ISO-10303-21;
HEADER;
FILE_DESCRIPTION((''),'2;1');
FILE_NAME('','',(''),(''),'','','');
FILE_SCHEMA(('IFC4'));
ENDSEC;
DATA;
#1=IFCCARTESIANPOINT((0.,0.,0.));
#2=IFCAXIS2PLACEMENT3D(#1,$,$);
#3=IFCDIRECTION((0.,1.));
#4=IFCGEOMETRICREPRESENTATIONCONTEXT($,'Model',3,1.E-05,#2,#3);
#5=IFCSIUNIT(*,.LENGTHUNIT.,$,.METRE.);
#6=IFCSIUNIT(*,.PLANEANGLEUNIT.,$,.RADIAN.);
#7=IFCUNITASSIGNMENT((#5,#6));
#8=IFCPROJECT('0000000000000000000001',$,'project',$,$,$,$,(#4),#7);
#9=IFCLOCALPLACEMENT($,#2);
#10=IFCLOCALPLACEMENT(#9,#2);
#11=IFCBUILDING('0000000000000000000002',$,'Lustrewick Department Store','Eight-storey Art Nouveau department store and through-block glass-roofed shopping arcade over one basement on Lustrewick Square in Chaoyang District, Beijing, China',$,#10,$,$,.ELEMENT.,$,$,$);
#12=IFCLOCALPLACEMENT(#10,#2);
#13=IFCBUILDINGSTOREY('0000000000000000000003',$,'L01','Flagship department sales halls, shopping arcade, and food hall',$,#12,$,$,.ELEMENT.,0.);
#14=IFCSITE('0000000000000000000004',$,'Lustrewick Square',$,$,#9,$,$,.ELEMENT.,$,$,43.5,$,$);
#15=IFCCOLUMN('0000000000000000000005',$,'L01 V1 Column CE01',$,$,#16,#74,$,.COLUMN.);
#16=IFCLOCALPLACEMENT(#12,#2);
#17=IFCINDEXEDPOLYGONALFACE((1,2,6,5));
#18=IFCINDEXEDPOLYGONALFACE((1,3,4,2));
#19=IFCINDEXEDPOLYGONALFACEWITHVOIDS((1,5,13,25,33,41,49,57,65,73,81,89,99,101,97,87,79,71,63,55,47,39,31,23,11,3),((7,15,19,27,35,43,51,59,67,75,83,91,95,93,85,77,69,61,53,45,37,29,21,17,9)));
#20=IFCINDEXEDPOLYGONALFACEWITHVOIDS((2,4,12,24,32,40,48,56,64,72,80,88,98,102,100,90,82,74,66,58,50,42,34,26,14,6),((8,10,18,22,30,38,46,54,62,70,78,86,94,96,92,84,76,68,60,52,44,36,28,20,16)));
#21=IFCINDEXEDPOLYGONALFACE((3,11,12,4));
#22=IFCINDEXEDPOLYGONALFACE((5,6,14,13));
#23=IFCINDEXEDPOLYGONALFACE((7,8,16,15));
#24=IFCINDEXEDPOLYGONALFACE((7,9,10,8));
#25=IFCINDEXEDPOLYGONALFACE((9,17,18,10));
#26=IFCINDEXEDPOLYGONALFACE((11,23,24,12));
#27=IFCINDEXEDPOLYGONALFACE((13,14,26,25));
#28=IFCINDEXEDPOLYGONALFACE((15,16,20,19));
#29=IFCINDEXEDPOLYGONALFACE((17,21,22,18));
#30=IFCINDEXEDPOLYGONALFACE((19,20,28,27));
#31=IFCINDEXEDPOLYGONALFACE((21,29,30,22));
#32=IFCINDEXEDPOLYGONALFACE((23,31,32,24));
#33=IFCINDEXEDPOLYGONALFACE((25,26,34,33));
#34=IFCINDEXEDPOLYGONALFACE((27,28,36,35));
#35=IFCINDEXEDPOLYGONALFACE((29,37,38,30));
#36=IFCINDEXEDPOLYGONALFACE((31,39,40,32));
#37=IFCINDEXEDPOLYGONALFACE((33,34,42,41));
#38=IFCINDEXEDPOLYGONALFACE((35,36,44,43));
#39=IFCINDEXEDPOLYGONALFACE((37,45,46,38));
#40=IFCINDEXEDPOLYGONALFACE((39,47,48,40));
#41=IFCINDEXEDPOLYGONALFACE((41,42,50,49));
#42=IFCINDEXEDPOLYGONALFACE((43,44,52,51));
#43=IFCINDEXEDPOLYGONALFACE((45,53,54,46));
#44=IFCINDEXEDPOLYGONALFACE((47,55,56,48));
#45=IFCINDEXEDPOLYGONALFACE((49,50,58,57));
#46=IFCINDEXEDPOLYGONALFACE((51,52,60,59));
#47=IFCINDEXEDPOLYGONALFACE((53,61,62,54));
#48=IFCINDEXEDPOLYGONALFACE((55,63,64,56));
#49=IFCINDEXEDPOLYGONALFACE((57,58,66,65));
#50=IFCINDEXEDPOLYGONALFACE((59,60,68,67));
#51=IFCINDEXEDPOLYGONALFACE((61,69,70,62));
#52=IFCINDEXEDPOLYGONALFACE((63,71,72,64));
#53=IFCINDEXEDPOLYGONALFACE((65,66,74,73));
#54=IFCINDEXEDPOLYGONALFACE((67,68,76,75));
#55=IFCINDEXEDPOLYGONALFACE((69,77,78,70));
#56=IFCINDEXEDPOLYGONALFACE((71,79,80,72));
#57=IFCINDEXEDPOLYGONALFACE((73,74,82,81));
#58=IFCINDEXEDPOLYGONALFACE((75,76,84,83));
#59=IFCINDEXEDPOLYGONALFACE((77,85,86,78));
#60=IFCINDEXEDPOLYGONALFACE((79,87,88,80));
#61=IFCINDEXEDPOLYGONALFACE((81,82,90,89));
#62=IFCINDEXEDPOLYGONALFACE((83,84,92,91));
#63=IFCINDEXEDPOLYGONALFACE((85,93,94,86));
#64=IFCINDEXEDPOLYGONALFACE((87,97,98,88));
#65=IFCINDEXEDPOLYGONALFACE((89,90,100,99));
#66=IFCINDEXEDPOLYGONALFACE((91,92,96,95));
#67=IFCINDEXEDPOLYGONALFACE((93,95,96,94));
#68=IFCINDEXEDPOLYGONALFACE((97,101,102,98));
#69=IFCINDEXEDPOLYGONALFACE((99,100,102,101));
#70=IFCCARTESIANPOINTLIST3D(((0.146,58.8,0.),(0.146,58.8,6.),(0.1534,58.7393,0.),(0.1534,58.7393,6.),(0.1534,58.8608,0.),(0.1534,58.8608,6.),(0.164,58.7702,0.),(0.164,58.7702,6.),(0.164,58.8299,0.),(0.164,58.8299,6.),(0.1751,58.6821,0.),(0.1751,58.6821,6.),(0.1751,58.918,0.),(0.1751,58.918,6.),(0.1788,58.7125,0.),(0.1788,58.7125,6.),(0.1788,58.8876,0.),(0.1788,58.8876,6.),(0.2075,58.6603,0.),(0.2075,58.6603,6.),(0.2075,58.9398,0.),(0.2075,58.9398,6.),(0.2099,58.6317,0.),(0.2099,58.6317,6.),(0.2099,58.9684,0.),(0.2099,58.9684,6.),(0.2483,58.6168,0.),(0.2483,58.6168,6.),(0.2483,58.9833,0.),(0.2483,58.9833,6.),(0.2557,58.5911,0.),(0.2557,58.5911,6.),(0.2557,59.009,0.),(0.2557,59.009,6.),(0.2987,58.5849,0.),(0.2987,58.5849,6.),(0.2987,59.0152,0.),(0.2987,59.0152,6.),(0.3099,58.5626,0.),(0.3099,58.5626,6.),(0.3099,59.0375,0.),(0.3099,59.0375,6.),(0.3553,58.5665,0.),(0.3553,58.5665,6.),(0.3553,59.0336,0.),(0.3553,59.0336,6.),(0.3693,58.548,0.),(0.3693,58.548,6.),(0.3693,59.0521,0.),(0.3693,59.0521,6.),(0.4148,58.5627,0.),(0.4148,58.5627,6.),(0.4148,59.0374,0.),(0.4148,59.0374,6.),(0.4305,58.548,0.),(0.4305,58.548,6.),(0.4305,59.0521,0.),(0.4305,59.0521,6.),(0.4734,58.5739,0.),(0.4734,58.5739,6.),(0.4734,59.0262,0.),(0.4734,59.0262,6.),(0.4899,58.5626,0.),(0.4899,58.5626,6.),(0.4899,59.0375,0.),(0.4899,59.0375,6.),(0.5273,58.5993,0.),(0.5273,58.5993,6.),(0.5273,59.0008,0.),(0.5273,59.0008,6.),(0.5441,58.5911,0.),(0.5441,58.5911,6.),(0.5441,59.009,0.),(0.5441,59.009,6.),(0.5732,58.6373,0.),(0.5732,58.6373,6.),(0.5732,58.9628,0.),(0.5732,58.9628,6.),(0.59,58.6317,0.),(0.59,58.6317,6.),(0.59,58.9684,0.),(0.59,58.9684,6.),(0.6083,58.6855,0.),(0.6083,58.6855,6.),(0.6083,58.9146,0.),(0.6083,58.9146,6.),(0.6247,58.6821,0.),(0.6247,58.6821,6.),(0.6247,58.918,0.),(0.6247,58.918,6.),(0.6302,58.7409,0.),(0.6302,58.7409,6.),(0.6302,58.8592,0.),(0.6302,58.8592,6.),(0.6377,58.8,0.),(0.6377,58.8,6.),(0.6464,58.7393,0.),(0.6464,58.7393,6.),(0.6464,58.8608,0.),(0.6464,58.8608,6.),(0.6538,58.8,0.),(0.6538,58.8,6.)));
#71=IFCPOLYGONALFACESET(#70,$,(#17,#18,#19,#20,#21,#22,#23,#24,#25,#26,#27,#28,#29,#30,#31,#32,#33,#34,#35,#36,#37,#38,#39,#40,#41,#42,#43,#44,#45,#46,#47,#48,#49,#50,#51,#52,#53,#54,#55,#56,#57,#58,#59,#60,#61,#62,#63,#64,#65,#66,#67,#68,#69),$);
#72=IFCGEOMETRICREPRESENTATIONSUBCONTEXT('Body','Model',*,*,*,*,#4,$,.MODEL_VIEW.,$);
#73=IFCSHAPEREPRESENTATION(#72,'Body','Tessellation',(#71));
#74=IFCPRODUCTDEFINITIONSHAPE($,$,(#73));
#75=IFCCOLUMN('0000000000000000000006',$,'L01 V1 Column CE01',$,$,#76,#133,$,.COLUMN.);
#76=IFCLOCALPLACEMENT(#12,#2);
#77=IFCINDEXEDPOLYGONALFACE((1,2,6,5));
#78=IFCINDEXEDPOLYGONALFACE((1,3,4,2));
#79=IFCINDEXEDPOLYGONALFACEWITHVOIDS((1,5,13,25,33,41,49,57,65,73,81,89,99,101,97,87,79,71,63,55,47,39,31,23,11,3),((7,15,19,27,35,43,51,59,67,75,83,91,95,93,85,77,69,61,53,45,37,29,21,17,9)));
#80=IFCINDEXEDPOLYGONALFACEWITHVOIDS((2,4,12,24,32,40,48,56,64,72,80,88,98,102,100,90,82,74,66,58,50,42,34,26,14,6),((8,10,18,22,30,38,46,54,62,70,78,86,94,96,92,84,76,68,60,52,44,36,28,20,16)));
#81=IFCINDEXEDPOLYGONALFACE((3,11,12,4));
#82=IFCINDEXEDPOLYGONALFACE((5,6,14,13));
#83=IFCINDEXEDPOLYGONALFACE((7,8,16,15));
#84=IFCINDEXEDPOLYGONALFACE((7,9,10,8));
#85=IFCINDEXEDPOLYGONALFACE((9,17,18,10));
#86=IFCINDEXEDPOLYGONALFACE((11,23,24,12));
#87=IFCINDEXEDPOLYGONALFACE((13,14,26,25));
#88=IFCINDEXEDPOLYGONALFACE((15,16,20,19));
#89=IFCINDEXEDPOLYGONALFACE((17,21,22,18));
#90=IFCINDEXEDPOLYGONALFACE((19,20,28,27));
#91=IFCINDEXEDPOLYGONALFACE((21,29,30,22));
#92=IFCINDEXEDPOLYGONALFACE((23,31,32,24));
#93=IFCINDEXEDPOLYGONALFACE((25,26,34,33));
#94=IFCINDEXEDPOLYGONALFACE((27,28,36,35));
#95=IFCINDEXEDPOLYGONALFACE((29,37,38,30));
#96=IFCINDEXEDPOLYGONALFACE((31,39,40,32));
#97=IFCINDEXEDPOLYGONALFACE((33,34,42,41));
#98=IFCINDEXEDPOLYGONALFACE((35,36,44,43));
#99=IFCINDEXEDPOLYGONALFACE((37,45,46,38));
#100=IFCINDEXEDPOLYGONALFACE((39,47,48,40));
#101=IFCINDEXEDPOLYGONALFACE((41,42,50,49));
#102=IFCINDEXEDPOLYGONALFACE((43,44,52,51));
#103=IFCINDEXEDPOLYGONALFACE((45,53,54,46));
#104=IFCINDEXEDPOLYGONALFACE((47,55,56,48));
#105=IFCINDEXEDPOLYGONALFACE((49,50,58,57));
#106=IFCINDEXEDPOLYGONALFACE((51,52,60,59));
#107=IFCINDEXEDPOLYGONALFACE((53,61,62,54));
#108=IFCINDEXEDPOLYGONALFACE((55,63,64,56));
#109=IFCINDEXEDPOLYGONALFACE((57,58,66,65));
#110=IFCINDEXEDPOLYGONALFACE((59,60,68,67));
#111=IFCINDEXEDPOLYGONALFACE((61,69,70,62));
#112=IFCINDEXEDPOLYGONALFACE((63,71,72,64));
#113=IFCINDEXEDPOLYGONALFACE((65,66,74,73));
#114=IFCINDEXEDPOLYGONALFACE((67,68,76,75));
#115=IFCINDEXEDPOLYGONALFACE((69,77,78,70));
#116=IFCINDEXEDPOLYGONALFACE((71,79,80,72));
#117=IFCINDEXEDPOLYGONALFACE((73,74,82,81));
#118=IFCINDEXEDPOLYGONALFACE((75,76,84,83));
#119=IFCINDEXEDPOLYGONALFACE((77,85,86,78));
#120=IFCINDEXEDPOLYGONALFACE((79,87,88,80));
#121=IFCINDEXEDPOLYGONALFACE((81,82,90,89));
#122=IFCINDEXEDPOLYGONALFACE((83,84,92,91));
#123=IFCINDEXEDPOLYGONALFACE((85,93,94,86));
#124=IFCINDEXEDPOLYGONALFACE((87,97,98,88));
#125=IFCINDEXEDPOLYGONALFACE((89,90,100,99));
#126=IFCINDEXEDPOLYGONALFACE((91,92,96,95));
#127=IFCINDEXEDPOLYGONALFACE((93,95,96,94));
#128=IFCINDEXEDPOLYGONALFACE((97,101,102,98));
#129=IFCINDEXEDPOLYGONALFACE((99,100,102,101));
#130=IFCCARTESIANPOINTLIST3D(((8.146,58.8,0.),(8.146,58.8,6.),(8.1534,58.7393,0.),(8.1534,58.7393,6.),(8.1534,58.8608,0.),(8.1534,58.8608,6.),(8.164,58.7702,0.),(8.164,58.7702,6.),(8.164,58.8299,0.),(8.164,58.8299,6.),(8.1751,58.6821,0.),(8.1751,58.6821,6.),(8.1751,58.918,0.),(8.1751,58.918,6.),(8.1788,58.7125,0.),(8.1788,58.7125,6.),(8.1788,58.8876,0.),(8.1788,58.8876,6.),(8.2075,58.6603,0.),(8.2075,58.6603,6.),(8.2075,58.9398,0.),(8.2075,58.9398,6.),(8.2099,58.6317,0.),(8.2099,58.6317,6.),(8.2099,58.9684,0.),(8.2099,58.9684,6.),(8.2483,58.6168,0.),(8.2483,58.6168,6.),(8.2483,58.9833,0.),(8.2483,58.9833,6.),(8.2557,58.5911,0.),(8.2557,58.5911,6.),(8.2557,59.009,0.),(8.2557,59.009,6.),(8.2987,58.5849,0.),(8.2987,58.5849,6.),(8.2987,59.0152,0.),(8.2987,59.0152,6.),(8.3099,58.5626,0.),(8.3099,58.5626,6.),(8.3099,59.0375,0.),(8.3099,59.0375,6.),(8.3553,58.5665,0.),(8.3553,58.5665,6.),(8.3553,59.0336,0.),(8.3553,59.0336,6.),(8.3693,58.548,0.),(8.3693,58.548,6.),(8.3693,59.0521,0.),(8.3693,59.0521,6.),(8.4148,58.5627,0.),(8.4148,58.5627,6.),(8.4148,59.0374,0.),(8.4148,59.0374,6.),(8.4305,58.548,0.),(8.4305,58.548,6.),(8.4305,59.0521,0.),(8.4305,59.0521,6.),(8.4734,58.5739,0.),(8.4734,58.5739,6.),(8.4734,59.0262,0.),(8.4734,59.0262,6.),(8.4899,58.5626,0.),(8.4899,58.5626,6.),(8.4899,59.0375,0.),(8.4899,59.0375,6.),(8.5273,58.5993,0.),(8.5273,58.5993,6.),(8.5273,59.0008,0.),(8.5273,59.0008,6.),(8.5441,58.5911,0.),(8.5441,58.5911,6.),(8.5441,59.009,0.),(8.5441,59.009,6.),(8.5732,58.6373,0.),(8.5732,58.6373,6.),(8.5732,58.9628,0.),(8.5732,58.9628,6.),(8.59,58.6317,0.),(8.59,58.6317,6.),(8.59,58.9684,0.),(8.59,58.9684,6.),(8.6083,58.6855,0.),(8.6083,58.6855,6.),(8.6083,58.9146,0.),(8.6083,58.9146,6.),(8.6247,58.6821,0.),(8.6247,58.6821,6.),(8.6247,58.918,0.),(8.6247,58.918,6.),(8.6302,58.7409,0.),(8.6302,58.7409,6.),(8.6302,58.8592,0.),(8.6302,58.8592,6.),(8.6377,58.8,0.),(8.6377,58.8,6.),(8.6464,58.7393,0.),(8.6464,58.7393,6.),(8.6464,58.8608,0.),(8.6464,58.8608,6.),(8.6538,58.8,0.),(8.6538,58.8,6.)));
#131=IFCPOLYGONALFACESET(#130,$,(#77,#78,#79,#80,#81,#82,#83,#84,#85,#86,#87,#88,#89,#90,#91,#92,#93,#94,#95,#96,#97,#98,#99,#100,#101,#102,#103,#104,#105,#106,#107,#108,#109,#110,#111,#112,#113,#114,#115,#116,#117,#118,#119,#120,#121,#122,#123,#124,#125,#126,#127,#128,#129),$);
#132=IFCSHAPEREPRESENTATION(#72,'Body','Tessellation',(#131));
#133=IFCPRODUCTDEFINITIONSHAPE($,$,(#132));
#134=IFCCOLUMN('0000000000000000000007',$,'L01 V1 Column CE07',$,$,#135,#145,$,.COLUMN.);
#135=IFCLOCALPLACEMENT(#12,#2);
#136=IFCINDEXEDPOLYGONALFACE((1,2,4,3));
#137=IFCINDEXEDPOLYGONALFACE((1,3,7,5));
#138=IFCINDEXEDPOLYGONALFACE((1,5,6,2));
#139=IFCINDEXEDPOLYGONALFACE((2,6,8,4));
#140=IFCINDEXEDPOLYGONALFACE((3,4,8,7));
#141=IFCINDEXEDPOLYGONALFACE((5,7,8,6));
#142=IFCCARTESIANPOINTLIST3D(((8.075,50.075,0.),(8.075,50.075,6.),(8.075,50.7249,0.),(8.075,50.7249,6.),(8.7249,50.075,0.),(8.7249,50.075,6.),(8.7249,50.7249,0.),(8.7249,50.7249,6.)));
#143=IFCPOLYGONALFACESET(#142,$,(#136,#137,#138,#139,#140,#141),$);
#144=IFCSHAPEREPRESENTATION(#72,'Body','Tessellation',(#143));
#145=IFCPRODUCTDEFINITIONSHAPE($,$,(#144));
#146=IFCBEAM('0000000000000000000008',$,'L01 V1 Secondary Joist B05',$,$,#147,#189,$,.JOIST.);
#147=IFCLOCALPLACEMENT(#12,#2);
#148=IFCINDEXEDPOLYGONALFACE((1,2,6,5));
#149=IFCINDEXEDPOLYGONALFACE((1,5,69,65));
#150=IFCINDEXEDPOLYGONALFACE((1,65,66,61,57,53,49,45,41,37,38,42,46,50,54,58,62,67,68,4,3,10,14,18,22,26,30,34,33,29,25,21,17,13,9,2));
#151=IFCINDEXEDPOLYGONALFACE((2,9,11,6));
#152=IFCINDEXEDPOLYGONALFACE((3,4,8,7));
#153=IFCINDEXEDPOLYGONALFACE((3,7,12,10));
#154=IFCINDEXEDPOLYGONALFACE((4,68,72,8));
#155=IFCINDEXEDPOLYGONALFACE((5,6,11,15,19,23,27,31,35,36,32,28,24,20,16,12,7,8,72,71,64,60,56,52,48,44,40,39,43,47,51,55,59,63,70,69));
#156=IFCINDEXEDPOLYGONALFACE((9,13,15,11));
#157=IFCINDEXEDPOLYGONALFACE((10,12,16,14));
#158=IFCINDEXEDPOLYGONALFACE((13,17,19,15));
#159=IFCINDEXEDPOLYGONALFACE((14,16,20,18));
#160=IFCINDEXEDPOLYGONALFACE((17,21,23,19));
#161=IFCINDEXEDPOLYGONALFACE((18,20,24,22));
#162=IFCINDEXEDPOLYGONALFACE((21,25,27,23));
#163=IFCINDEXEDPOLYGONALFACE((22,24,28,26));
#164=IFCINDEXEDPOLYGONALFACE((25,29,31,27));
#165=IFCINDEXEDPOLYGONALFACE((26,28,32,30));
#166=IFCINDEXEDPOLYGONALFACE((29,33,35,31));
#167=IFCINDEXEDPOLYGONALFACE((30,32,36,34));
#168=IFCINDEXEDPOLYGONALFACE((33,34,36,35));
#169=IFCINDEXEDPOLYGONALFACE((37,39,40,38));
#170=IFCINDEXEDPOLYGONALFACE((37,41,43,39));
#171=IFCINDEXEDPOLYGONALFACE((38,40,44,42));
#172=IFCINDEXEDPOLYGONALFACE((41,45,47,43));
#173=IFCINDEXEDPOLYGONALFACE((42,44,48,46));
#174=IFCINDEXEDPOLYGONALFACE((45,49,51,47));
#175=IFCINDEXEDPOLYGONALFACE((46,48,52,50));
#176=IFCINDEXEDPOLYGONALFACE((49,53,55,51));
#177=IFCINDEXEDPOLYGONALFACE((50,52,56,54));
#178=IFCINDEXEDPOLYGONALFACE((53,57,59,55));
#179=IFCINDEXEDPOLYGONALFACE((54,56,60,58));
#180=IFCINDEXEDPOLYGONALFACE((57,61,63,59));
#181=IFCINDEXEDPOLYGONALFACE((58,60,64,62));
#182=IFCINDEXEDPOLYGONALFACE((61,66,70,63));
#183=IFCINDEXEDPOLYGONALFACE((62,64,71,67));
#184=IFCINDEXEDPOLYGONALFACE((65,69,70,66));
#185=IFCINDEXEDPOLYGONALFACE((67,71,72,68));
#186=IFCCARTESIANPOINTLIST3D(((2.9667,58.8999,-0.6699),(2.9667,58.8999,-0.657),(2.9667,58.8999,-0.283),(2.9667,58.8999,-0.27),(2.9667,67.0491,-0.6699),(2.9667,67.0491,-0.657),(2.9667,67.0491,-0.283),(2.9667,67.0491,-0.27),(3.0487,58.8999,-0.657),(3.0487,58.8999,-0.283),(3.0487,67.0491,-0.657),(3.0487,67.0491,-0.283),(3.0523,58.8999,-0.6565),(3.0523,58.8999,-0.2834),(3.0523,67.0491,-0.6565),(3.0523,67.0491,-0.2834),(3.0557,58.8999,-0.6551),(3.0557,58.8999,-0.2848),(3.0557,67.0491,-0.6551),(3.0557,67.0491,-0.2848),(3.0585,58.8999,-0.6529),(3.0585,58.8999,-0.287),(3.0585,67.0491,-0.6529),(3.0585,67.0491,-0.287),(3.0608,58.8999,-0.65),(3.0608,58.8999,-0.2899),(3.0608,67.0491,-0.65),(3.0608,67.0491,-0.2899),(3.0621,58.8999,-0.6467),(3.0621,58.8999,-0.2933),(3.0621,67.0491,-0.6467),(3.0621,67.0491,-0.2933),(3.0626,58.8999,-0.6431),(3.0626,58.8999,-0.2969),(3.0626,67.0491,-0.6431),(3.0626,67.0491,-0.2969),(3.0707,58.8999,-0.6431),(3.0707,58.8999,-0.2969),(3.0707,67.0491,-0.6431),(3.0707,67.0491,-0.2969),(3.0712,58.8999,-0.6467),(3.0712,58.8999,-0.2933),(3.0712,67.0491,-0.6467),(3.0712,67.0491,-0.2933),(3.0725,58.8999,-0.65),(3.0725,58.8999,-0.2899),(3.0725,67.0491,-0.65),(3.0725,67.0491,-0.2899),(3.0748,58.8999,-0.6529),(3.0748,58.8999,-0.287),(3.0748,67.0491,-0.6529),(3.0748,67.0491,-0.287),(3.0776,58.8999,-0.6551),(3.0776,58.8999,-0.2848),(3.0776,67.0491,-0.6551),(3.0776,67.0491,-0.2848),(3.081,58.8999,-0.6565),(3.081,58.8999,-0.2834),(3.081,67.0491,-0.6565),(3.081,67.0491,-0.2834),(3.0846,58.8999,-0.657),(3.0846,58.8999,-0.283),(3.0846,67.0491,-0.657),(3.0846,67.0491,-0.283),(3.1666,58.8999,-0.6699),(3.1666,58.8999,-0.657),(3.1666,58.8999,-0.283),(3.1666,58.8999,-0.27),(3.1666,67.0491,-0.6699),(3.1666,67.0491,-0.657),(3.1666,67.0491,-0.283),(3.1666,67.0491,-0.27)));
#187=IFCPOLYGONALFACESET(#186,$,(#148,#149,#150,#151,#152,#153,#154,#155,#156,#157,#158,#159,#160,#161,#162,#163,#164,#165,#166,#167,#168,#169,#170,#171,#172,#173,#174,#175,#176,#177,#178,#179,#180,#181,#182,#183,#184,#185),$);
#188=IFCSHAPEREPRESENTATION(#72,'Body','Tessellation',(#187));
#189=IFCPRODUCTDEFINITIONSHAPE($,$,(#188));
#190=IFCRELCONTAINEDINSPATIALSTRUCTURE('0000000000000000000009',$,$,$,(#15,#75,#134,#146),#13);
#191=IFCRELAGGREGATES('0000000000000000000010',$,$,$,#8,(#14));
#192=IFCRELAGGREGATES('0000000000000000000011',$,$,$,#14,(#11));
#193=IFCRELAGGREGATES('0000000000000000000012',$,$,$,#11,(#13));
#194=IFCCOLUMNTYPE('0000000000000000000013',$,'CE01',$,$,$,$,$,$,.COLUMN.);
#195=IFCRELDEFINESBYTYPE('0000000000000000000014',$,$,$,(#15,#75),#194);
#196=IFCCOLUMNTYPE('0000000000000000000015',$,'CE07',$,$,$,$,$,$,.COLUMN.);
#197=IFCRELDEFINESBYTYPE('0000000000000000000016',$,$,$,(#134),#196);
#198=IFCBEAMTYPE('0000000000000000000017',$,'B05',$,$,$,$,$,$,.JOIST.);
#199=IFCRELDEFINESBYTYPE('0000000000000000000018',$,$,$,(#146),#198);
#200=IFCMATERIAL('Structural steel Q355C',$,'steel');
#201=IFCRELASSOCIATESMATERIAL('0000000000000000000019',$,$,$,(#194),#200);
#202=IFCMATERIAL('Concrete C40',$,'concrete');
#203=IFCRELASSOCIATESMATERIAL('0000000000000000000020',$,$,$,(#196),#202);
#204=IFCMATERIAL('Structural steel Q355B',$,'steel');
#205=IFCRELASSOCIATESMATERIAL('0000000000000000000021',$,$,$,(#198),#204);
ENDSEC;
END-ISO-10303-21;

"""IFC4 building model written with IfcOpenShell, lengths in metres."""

from ifc_helpers import new_model, si_unit, direction, frame, origin, origin_2d, place, context, subcontext, project, spatial, rectangle, hollow_circle, i_section, extrude, material, material_profile, profile_set, type_object, element, save


model = new_model("IFC4")

# Units and contexts
model_context = context("Model", 3, precision=1e-05, world=origin(), true_north=direction((0.0, 1.0)))
body_context = subcontext(model_context, "Body", "Model", "MODEL_VIEW")
ifc_project = project(units=[si_unit("LENGTHUNIT", "METRE"), si_unit("PLANEANGLEUNIT", "RADIAN")], contexts=[model_context])

# Site, building, storey
site_placement = place(None, origin())
site = spatial("IfcSite", under=ifc_project, at=site_placement, Name="Lustrewick Square", CompositionType="ELEMENT", RefElevation=43.5)
building_placement = place(site_placement, origin())
building = spatial("IfcBuilding", under=site, at=building_placement, Name="Lustrewick Department Store", Description="Eight-storey Art Nouveau department store and through-block glass-roofed shopping arcade over one basement on Lustrewick Square in Chaoyang District, Beijing, China", CompositionType="ELEMENT")
storey_placement = place(building_placement, origin())
storey = spatial("IfcBuildingStorey", under=building, at=storey_placement, Name="L01", Description="Flagship department sales halls, shopping arcade, and food hall", CompositionType="ELEMENT", Elevation=0.0)

# Columns
ifc_material_1 = material(Name="Structural steel Q355C", Category="steel")
ifc_material_profile_1 = material_profile(ifc_material_1, hollow_circle(Radius=0.2539, WallThickness=0.0161, at=origin_2d()), Name="CHS 508x16")
ifc_profile_set_1 = profile_set([ifc_material_profile_1], Name="Structural steel Q355C")
column_type_1 = type_object("IfcColumnType", Name="CE01", PredefinedType="COLUMN", material=ifc_profile_set_1)
for number, where, z_axis, x_axis, name in (
    (1, (0.3999, 58.8, 0.0), (0.0, 0.0, 1.0), (1.0, 0.0, 0.0), "L01 V1 Column CE01"),
    (2, (8.3999, 58.8, 0.0), (0.0, 0.0, 1.0), (1.0, 0.0, 0.0), "L01 V1 Column CE01"),
):
    element("IfcColumn", number, at=place(storey_placement, frame(where, z_axis=z_axis, x_axis=x_axis)), inside=storey, type_object=column_type_1, Name=name, PredefinedType="COLUMN", context=body_context, shape_type="SweptSolid", body=[
        extrude(hollow_circle(Radius=0.2539, WallThickness=0.0161, at=origin_2d()), origin(), (0.0, 0.0, 1.0), 6.0),
    ])
ifc_material_2 = material(Name="Concrete C40", Category="concrete")
ifc_material_profile_2 = material_profile(ifc_material_2, rectangle(XDim=0.6499, YDim=0.6499, at=origin_2d()), Name="RC 650x650")
ifc_profile_set_2 = profile_set([ifc_material_profile_2], Name="Concrete C40")
column_type_2 = type_object("IfcColumnType", Name="CE07", PredefinedType="COLUMN", material=ifc_profile_set_2)
column_placement = place(storey_placement, frame((8.3999, 50.3999, 0.0), z_axis=(0.0, 0.0, 1.0), x_axis=(1.0, 0.0, 0.0)))
element("IfcColumn", 3, at=column_placement, inside=storey, type_object=column_type_2, Name="L01 V1 Column CE07", PredefinedType="COLUMN", context=body_context, shape_type="SweptSolid", body=[
    extrude(rectangle(XDim=0.6499, YDim=0.6499, at=origin_2d()), origin(), (0.0, 0.0, 1.0), 6.0),
])

# Beam
ifc_material_3 = material(Name="Structural steel Q355B", Category="steel")
ifc_material_profile_3 = material_profile(ifc_material_3, i_section(OverallWidth=0.2, OverallDepth=0.3999, WebThickness=0.0081, FlangeThickness=0.0129, FilletRadius=0.0139, at=origin_2d()), Name="HN 400x200x8x13")
ifc_profile_set_3 = profile_set([ifc_material_profile_3], Name="Structural steel Q355B")
beam_type_1 = type_object("IfcBeamType", Name="B05", PredefinedType="JOIST", material=ifc_profile_set_3)
beam_1_placement = place(storey_placement, frame((3.0667, 58.8999, -0.47), z_axis=(0.0, 1.0, 0.0), x_axis=(-1.0, 0.0, 0.0)))
element("IfcBeam", 4, at=beam_1_placement, inside=storey, type_object=beam_type_1, Name="L01 V1 Secondary Joist B05", PredefinedType="JOIST", context=body_context, shape_type="SweptSolid", body=[
    extrude(i_section(OverallWidth=0.2, OverallDepth=0.3999, WebThickness=0.0081, FlangeThickness=0.0129, FilletRadius=0.0139, at=origin_2d()), origin(), (0.0, 0.0, 1.0), 8.1492),
])

save(model, "model.ifc")
